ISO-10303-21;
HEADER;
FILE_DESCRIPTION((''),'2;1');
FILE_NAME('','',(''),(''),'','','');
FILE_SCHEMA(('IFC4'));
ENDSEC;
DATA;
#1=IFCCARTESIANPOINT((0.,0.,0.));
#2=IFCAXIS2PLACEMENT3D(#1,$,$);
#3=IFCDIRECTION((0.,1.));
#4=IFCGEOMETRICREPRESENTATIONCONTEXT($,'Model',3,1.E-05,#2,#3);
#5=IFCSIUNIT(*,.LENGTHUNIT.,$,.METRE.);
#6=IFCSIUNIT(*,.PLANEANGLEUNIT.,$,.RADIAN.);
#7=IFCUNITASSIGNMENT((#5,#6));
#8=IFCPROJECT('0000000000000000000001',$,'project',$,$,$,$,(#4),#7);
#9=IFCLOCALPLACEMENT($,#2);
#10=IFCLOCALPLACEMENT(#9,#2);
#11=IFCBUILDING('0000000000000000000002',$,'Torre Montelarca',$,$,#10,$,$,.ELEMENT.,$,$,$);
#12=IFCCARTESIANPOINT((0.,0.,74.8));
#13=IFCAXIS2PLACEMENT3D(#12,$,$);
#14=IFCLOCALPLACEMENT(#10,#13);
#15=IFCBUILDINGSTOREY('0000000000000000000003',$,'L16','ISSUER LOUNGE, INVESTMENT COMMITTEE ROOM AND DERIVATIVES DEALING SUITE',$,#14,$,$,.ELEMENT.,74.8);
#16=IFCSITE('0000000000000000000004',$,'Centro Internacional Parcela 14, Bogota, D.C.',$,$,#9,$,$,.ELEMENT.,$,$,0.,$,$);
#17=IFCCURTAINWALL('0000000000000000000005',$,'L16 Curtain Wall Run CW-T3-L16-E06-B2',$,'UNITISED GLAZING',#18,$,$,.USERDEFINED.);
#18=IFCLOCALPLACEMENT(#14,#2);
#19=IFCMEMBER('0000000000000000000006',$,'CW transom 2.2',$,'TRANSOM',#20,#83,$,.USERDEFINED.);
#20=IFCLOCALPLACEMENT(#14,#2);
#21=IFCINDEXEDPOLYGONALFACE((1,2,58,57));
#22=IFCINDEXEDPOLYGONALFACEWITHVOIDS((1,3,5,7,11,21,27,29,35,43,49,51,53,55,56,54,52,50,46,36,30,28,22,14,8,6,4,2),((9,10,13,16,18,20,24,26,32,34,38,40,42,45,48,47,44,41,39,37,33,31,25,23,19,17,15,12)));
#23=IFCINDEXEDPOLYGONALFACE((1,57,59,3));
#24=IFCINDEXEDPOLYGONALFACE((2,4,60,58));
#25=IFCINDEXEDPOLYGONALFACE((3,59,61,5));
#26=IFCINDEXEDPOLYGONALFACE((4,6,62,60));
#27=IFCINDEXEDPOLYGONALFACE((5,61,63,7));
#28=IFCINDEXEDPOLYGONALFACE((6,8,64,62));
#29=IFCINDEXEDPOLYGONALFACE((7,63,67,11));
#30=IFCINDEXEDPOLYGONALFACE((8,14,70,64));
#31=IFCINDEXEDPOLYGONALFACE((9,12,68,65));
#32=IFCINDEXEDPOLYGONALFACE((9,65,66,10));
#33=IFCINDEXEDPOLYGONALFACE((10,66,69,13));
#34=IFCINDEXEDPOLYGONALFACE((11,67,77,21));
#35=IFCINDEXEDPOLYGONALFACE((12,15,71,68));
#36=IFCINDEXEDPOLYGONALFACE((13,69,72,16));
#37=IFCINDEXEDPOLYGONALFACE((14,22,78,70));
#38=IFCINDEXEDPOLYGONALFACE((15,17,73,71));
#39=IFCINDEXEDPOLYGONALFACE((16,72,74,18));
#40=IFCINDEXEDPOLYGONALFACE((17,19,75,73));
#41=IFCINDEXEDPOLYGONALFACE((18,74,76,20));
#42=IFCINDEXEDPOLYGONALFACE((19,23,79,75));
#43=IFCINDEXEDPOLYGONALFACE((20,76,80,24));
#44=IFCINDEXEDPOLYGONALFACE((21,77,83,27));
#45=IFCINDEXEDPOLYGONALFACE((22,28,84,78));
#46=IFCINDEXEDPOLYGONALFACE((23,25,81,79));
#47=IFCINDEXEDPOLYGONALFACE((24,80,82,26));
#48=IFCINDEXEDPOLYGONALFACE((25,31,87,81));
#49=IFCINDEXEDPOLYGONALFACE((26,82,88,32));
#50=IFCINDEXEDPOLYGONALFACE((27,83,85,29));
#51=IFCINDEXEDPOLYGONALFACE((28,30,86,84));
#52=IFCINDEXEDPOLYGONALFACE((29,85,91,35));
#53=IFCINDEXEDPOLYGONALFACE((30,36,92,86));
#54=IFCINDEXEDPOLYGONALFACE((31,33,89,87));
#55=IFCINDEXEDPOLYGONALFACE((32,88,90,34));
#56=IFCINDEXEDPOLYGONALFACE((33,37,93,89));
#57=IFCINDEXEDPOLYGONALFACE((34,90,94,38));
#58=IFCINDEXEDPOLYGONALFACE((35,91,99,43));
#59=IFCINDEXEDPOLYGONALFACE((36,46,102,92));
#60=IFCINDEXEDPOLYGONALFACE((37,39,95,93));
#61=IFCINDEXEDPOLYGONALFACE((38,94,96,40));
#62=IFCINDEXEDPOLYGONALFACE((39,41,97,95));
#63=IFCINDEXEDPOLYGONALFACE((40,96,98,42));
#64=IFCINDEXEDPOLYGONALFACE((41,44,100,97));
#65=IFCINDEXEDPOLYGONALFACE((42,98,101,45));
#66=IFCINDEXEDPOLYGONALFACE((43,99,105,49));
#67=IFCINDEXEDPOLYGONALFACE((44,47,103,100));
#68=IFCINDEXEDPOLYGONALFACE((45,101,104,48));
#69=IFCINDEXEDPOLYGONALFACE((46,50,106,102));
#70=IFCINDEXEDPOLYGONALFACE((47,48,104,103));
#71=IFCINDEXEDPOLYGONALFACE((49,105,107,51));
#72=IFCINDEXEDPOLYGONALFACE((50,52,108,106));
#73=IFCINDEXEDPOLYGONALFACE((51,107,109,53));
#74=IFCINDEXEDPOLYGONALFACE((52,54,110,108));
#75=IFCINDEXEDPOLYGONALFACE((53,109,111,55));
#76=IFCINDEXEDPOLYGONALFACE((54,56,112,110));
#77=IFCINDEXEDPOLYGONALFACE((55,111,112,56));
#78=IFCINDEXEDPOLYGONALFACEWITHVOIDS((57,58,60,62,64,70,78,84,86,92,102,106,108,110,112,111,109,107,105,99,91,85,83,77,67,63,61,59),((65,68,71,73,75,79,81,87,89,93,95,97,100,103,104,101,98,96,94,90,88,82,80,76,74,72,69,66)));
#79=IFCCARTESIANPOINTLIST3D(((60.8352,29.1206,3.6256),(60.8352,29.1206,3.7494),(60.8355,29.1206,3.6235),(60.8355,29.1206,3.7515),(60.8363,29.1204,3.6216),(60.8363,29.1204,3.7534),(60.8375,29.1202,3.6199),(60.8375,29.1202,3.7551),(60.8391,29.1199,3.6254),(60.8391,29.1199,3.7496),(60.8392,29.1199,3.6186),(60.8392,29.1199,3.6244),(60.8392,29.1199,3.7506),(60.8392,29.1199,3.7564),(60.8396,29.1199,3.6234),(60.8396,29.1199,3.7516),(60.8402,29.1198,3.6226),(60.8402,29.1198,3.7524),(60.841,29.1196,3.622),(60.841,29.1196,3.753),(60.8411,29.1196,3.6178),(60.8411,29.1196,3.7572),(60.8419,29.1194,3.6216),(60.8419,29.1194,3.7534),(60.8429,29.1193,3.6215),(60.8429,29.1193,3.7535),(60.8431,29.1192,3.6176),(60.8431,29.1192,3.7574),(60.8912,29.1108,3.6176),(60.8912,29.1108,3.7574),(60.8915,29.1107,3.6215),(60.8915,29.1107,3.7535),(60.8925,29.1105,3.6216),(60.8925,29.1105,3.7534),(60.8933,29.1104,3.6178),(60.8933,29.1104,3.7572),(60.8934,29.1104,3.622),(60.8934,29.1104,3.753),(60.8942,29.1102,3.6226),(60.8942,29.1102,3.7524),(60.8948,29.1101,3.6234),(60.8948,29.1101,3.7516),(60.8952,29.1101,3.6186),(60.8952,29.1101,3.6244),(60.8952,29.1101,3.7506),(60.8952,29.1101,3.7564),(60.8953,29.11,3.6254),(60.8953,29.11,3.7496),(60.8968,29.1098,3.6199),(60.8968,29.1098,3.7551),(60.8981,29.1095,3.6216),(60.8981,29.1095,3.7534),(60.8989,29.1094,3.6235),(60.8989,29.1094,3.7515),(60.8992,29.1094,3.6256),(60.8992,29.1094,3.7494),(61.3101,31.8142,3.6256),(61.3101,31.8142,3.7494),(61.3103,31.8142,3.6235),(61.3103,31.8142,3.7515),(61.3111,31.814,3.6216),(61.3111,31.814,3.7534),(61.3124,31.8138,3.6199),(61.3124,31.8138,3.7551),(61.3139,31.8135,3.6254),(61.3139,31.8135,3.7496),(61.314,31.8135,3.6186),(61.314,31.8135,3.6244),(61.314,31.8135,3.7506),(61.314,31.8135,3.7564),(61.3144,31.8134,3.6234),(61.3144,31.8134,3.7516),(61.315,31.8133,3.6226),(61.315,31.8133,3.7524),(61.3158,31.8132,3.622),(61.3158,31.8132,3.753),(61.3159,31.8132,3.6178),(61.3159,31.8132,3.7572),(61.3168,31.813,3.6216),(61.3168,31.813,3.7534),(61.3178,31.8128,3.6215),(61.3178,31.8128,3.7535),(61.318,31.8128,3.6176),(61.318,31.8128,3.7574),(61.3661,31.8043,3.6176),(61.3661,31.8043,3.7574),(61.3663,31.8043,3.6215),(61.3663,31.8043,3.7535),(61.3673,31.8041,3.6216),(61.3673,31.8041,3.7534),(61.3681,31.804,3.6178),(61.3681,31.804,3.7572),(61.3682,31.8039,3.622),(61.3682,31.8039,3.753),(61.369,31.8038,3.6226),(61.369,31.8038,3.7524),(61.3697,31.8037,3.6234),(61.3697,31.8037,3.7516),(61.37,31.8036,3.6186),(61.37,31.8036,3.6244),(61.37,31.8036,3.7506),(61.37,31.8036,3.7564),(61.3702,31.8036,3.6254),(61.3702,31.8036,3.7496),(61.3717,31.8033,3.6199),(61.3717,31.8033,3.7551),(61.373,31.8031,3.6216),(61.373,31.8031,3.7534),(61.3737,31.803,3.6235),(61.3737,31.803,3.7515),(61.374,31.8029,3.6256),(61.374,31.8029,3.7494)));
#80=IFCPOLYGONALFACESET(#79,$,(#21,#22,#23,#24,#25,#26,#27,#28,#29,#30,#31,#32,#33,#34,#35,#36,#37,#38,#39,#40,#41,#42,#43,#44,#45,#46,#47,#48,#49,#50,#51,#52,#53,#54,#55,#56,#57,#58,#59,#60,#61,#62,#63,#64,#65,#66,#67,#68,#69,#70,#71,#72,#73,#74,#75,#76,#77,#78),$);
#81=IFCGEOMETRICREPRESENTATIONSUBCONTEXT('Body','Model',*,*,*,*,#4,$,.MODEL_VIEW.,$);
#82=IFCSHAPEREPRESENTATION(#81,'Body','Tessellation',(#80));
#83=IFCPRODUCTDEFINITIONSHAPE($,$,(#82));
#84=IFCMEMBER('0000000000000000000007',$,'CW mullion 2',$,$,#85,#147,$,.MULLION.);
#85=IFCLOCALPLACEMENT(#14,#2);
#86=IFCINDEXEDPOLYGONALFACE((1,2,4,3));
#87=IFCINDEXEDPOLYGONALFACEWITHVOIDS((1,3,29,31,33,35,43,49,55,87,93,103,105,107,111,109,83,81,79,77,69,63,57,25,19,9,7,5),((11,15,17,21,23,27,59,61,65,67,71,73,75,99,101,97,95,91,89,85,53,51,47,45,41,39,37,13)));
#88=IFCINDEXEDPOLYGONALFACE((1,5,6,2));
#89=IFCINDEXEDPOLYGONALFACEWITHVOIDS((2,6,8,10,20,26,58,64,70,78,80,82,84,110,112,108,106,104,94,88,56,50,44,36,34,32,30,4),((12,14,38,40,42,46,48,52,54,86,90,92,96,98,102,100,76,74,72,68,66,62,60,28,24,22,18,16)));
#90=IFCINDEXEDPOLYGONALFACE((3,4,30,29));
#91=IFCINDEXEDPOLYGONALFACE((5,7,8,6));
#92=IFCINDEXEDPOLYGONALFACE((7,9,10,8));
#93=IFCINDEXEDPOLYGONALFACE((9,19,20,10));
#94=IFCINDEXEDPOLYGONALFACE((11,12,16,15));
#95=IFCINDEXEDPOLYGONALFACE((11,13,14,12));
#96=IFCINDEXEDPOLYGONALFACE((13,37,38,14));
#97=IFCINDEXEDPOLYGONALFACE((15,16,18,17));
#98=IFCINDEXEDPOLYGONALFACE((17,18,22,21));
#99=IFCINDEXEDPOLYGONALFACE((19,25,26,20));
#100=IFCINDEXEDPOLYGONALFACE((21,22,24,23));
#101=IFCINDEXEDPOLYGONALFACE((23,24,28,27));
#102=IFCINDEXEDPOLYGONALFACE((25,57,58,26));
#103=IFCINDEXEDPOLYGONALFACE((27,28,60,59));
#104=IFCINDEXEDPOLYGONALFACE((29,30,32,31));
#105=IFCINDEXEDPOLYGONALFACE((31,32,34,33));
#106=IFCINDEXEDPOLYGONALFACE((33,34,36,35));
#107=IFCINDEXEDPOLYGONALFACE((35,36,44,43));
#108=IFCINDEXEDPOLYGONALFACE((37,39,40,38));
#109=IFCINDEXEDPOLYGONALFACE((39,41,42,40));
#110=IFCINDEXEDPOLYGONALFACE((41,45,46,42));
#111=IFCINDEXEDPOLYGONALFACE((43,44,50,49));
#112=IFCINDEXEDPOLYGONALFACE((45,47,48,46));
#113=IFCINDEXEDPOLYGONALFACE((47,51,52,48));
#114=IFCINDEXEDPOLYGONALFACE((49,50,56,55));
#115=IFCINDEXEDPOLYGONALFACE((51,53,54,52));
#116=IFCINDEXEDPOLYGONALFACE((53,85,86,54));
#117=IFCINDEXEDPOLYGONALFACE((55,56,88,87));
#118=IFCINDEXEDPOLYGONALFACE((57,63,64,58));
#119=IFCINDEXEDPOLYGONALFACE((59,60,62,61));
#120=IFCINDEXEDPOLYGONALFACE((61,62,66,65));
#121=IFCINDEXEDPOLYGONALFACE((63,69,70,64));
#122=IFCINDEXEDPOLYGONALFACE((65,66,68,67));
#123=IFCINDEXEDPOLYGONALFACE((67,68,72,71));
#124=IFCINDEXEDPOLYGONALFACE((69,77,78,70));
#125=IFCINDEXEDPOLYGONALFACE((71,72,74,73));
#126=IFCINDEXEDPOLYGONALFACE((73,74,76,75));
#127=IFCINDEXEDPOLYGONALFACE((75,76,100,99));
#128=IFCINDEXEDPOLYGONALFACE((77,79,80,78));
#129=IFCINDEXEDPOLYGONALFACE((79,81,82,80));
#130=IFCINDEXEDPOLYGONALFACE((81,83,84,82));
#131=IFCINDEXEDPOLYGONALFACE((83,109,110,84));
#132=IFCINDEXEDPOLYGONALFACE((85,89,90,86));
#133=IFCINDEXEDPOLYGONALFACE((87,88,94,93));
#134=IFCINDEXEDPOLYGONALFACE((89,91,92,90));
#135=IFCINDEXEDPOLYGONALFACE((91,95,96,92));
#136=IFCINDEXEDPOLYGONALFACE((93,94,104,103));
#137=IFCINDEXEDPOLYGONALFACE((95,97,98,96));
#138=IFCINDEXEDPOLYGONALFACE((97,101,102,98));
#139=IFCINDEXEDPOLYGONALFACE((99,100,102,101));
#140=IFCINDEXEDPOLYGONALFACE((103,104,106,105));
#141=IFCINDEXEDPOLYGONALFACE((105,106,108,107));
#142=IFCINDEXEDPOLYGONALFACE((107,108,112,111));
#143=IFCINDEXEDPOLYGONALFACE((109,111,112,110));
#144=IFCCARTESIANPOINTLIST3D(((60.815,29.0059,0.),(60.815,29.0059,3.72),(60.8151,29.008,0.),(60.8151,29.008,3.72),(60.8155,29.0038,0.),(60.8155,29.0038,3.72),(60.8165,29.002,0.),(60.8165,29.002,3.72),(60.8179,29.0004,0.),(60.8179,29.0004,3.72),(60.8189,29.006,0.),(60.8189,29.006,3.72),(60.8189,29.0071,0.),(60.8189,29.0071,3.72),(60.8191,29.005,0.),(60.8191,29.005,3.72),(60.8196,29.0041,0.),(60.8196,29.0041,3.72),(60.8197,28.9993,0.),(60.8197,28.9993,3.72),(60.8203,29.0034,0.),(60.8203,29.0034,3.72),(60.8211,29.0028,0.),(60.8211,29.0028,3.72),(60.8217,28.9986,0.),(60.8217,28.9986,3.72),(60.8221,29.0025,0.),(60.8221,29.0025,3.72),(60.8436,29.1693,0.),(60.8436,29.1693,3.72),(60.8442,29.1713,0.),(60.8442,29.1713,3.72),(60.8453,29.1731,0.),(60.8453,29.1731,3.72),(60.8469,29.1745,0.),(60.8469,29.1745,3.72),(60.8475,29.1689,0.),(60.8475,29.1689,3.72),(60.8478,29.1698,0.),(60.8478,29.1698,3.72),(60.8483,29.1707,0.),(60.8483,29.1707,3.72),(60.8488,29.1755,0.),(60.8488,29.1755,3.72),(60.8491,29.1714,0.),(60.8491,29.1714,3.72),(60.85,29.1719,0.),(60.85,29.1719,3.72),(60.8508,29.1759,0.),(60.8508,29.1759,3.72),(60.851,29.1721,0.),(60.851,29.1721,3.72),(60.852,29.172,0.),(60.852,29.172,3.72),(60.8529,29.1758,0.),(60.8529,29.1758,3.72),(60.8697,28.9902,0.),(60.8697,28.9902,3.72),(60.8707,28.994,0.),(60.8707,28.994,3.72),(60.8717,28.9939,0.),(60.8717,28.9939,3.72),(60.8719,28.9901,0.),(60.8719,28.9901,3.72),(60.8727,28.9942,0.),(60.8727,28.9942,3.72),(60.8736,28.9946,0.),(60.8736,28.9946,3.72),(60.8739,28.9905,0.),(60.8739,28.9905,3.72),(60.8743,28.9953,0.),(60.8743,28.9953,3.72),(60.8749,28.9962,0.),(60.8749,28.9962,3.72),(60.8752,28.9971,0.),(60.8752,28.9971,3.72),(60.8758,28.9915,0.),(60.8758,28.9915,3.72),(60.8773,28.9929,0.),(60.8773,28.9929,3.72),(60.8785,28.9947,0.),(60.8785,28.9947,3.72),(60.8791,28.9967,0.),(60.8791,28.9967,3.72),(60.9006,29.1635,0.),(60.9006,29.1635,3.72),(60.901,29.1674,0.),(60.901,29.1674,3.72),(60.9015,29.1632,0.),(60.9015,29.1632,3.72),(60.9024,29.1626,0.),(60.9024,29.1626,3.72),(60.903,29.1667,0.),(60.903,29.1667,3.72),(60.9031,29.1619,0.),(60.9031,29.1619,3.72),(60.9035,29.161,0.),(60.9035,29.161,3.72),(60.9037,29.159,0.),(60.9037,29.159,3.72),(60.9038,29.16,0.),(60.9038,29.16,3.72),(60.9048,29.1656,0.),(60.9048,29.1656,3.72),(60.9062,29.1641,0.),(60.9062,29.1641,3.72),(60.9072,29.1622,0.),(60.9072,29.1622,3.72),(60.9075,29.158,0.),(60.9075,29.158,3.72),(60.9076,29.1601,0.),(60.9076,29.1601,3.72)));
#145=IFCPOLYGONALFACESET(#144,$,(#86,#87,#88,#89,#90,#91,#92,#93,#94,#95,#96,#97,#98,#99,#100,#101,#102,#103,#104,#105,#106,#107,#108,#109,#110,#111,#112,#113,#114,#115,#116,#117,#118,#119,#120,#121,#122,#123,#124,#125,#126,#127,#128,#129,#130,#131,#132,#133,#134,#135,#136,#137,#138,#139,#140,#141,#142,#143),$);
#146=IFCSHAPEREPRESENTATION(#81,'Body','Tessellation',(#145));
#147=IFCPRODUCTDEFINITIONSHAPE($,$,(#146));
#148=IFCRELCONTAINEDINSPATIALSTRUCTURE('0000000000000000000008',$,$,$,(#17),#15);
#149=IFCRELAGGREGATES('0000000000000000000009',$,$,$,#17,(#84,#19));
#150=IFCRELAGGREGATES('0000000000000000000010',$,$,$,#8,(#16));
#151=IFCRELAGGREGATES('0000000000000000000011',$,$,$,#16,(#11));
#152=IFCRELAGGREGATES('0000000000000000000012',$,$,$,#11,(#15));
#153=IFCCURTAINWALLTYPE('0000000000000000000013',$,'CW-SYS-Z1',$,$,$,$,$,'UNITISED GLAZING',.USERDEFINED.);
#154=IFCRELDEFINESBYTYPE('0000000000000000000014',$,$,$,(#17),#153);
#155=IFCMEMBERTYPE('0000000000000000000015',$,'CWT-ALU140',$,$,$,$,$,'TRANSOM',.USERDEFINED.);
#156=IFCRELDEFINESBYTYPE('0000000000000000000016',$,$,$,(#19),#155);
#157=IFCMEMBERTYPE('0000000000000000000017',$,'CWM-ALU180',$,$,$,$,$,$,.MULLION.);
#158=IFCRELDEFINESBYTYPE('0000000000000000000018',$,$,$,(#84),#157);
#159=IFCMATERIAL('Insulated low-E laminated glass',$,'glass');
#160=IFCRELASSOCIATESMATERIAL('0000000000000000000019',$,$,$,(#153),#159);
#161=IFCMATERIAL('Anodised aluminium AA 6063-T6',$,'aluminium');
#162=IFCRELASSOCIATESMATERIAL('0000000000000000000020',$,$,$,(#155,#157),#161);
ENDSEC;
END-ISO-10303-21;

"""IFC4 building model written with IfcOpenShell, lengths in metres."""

from ifc_helpers import new_model, si_unit, direction, frame, origin, origin_2d, place, context, subcontext, project, spatial, hollow_rectangle, extrude, source, transform, mapped, material, material_profile, profile_set, type_object, element, aggregate, save


model = new_model("IFC4")

# Units and contexts
model_context = context("Model", 3, precision=1e-05, world=origin(), true_north=direction((0.0, 1.0)))
body_context = subcontext(model_context, "Body", "Model", "MODEL_VIEW")
ifc_project = project(units=[si_unit("LENGTHUNIT", "METRE"), si_unit("PLANEANGLEUNIT", "RADIAN")], contexts=[model_context])

# Site, building, storey
site_placement = place(None, origin())
site = spatial("IfcSite", under=ifc_project, at=site_placement, Name="Centro Internacional Parcela 14, Bogota, D.C.", CompositionType="ELEMENT", RefElevation=0.0)
building_placement = place(site_placement, origin())
building = spatial("IfcBuilding", under=site, at=building_placement, Name="Torre Montelarca", CompositionType="ELEMENT")
storey_placement = place(building_placement, frame((0.0, 0.0, 74.8)))
storey = spatial("IfcBuildingStorey", under=building, at=storey_placement, Name="L16", Description="ISSUER LOUNGE, INVESTMENT COMMITTEE ROOM AND DERIVATIVES DEALING SUITE", CompositionType="ELEMENT", Elevation=74.8)

# Curtain wall, members
ifc_material_1 = material(Name="Insulated low-E laminated glass", Category="glass")
curtain_wall_type = type_object("IfcCurtainWallType", Name="CW-SYS-Z1", ElementType="UNITISED GLAZING", PredefinedType="USERDEFINED", material=ifc_material_1)
ifc_material_2 = material(Name="Anodised aluminium AA 6063-T6", Category="aluminium")
ifc_material_profile_1 = material_profile(ifc_material_2, hollow_rectangle(XDim=0.0649, YDim=0.1399, WallThickness=0.0039, InnerFilletRadius=0.0039, OuterFilletRadius=0.0081, at=origin_2d()), Name="ALU65X140X4", Category="aluminium")
ifc_profile_set_1 = profile_set([ifc_material_profile_1], Name="Anodised aluminium AA 6063-T6")
member_type_1 = type_object("IfcMemberType", Name="CWT-ALU140", ElementType="TRANSOM", PredefinedType="USERDEFINED", material=ifc_profile_set_1)
curtain_wall_1_placement = place(storey_placement, origin())
curtain_wall_1 = element("IfcCurtainWall", 1, at=curtain_wall_1_placement, inside=storey, type_object=curtain_wall_type, Name="L16 Curtain Wall Run CW-T3-L16-E06-B2", ObjectType="UNITISED GLAZING", PredefinedType="USERDEFINED")
shared_shape_1 = source(origin(), body_context, "Body", "SweptSolid", [
    extrude(hollow_rectangle(XDim=0.0649, YDim=0.1399, WallThickness=0.0039, InnerFilletRadius=0.0039, OuterFilletRadius=0.0081, at=origin_2d()), origin(), (0.0, 0.0, 1.0), 2.7351),
])
member_1_placement = place(storey_placement, frame((60.8672, 29.115, 3.6875), z_axis=(0.173612, 0.984814, 0.0), x_axis=(-0.984814, 0.173612, 0.0)))
member_1 = element("IfcMember", 2, at=member_1_placement, type_object=member_type_1, Name="CW transom 2.2", ObjectType="TRANSOM", PredefinedType="USERDEFINED", context=body_context, shape_type="MappedRepresentation", body=[
    mapped(shared_shape_1, transform((0.0, 0.0, 0.0), scale=1.0)),
])
ifc_material_profile_2 = material_profile(ifc_material_2, hollow_rectangle(XDim=0.0649, YDim=0.1799, WallThickness=0.0039, InnerFilletRadius=0.0039, OuterFilletRadius=0.0081, at=origin_2d()), Name="ALU65X180X4", Category="aluminium")
ifc_profile_set_2 = profile_set([ifc_material_profile_2], Name="Anodised aluminium AA 6063-T6")
member_type_2 = type_object("IfcMemberType", Name="CWM-ALU180", PredefinedType="MULLION", material=ifc_profile_set_2)
shared_shape_2 = source(origin(), body_context, "Body", "SweptSolid", [
    extrude(hollow_rectangle(XDim=0.0649, YDim=0.1799, WallThickness=0.0039, InnerFilletRadius=0.0039, OuterFilletRadius=0.0081, at=origin_2d()), origin(), (0.0, 0.0, 1.0), 3.72),
])
member_2_placement = place(storey_placement, frame((60.8613, 29.083, 0.0), z_axis=(0.0, 0.0, 1.0), x_axis=(-0.984809, 0.173643, 0.0)))
member_2 = element("IfcMember", 3, at=member_2_placement, type_object=member_type_2, Name="CW mullion 2", PredefinedType="MULLION", context=body_context, shape_type="MappedRepresentation", body=[
    mapped(shared_shape_2, transform((0.0, 0.0, 0.0), scale=1.0)),
])

aggregate(curtain_wall_1, [member_2, member_1])

save(model, "model.ifc")
